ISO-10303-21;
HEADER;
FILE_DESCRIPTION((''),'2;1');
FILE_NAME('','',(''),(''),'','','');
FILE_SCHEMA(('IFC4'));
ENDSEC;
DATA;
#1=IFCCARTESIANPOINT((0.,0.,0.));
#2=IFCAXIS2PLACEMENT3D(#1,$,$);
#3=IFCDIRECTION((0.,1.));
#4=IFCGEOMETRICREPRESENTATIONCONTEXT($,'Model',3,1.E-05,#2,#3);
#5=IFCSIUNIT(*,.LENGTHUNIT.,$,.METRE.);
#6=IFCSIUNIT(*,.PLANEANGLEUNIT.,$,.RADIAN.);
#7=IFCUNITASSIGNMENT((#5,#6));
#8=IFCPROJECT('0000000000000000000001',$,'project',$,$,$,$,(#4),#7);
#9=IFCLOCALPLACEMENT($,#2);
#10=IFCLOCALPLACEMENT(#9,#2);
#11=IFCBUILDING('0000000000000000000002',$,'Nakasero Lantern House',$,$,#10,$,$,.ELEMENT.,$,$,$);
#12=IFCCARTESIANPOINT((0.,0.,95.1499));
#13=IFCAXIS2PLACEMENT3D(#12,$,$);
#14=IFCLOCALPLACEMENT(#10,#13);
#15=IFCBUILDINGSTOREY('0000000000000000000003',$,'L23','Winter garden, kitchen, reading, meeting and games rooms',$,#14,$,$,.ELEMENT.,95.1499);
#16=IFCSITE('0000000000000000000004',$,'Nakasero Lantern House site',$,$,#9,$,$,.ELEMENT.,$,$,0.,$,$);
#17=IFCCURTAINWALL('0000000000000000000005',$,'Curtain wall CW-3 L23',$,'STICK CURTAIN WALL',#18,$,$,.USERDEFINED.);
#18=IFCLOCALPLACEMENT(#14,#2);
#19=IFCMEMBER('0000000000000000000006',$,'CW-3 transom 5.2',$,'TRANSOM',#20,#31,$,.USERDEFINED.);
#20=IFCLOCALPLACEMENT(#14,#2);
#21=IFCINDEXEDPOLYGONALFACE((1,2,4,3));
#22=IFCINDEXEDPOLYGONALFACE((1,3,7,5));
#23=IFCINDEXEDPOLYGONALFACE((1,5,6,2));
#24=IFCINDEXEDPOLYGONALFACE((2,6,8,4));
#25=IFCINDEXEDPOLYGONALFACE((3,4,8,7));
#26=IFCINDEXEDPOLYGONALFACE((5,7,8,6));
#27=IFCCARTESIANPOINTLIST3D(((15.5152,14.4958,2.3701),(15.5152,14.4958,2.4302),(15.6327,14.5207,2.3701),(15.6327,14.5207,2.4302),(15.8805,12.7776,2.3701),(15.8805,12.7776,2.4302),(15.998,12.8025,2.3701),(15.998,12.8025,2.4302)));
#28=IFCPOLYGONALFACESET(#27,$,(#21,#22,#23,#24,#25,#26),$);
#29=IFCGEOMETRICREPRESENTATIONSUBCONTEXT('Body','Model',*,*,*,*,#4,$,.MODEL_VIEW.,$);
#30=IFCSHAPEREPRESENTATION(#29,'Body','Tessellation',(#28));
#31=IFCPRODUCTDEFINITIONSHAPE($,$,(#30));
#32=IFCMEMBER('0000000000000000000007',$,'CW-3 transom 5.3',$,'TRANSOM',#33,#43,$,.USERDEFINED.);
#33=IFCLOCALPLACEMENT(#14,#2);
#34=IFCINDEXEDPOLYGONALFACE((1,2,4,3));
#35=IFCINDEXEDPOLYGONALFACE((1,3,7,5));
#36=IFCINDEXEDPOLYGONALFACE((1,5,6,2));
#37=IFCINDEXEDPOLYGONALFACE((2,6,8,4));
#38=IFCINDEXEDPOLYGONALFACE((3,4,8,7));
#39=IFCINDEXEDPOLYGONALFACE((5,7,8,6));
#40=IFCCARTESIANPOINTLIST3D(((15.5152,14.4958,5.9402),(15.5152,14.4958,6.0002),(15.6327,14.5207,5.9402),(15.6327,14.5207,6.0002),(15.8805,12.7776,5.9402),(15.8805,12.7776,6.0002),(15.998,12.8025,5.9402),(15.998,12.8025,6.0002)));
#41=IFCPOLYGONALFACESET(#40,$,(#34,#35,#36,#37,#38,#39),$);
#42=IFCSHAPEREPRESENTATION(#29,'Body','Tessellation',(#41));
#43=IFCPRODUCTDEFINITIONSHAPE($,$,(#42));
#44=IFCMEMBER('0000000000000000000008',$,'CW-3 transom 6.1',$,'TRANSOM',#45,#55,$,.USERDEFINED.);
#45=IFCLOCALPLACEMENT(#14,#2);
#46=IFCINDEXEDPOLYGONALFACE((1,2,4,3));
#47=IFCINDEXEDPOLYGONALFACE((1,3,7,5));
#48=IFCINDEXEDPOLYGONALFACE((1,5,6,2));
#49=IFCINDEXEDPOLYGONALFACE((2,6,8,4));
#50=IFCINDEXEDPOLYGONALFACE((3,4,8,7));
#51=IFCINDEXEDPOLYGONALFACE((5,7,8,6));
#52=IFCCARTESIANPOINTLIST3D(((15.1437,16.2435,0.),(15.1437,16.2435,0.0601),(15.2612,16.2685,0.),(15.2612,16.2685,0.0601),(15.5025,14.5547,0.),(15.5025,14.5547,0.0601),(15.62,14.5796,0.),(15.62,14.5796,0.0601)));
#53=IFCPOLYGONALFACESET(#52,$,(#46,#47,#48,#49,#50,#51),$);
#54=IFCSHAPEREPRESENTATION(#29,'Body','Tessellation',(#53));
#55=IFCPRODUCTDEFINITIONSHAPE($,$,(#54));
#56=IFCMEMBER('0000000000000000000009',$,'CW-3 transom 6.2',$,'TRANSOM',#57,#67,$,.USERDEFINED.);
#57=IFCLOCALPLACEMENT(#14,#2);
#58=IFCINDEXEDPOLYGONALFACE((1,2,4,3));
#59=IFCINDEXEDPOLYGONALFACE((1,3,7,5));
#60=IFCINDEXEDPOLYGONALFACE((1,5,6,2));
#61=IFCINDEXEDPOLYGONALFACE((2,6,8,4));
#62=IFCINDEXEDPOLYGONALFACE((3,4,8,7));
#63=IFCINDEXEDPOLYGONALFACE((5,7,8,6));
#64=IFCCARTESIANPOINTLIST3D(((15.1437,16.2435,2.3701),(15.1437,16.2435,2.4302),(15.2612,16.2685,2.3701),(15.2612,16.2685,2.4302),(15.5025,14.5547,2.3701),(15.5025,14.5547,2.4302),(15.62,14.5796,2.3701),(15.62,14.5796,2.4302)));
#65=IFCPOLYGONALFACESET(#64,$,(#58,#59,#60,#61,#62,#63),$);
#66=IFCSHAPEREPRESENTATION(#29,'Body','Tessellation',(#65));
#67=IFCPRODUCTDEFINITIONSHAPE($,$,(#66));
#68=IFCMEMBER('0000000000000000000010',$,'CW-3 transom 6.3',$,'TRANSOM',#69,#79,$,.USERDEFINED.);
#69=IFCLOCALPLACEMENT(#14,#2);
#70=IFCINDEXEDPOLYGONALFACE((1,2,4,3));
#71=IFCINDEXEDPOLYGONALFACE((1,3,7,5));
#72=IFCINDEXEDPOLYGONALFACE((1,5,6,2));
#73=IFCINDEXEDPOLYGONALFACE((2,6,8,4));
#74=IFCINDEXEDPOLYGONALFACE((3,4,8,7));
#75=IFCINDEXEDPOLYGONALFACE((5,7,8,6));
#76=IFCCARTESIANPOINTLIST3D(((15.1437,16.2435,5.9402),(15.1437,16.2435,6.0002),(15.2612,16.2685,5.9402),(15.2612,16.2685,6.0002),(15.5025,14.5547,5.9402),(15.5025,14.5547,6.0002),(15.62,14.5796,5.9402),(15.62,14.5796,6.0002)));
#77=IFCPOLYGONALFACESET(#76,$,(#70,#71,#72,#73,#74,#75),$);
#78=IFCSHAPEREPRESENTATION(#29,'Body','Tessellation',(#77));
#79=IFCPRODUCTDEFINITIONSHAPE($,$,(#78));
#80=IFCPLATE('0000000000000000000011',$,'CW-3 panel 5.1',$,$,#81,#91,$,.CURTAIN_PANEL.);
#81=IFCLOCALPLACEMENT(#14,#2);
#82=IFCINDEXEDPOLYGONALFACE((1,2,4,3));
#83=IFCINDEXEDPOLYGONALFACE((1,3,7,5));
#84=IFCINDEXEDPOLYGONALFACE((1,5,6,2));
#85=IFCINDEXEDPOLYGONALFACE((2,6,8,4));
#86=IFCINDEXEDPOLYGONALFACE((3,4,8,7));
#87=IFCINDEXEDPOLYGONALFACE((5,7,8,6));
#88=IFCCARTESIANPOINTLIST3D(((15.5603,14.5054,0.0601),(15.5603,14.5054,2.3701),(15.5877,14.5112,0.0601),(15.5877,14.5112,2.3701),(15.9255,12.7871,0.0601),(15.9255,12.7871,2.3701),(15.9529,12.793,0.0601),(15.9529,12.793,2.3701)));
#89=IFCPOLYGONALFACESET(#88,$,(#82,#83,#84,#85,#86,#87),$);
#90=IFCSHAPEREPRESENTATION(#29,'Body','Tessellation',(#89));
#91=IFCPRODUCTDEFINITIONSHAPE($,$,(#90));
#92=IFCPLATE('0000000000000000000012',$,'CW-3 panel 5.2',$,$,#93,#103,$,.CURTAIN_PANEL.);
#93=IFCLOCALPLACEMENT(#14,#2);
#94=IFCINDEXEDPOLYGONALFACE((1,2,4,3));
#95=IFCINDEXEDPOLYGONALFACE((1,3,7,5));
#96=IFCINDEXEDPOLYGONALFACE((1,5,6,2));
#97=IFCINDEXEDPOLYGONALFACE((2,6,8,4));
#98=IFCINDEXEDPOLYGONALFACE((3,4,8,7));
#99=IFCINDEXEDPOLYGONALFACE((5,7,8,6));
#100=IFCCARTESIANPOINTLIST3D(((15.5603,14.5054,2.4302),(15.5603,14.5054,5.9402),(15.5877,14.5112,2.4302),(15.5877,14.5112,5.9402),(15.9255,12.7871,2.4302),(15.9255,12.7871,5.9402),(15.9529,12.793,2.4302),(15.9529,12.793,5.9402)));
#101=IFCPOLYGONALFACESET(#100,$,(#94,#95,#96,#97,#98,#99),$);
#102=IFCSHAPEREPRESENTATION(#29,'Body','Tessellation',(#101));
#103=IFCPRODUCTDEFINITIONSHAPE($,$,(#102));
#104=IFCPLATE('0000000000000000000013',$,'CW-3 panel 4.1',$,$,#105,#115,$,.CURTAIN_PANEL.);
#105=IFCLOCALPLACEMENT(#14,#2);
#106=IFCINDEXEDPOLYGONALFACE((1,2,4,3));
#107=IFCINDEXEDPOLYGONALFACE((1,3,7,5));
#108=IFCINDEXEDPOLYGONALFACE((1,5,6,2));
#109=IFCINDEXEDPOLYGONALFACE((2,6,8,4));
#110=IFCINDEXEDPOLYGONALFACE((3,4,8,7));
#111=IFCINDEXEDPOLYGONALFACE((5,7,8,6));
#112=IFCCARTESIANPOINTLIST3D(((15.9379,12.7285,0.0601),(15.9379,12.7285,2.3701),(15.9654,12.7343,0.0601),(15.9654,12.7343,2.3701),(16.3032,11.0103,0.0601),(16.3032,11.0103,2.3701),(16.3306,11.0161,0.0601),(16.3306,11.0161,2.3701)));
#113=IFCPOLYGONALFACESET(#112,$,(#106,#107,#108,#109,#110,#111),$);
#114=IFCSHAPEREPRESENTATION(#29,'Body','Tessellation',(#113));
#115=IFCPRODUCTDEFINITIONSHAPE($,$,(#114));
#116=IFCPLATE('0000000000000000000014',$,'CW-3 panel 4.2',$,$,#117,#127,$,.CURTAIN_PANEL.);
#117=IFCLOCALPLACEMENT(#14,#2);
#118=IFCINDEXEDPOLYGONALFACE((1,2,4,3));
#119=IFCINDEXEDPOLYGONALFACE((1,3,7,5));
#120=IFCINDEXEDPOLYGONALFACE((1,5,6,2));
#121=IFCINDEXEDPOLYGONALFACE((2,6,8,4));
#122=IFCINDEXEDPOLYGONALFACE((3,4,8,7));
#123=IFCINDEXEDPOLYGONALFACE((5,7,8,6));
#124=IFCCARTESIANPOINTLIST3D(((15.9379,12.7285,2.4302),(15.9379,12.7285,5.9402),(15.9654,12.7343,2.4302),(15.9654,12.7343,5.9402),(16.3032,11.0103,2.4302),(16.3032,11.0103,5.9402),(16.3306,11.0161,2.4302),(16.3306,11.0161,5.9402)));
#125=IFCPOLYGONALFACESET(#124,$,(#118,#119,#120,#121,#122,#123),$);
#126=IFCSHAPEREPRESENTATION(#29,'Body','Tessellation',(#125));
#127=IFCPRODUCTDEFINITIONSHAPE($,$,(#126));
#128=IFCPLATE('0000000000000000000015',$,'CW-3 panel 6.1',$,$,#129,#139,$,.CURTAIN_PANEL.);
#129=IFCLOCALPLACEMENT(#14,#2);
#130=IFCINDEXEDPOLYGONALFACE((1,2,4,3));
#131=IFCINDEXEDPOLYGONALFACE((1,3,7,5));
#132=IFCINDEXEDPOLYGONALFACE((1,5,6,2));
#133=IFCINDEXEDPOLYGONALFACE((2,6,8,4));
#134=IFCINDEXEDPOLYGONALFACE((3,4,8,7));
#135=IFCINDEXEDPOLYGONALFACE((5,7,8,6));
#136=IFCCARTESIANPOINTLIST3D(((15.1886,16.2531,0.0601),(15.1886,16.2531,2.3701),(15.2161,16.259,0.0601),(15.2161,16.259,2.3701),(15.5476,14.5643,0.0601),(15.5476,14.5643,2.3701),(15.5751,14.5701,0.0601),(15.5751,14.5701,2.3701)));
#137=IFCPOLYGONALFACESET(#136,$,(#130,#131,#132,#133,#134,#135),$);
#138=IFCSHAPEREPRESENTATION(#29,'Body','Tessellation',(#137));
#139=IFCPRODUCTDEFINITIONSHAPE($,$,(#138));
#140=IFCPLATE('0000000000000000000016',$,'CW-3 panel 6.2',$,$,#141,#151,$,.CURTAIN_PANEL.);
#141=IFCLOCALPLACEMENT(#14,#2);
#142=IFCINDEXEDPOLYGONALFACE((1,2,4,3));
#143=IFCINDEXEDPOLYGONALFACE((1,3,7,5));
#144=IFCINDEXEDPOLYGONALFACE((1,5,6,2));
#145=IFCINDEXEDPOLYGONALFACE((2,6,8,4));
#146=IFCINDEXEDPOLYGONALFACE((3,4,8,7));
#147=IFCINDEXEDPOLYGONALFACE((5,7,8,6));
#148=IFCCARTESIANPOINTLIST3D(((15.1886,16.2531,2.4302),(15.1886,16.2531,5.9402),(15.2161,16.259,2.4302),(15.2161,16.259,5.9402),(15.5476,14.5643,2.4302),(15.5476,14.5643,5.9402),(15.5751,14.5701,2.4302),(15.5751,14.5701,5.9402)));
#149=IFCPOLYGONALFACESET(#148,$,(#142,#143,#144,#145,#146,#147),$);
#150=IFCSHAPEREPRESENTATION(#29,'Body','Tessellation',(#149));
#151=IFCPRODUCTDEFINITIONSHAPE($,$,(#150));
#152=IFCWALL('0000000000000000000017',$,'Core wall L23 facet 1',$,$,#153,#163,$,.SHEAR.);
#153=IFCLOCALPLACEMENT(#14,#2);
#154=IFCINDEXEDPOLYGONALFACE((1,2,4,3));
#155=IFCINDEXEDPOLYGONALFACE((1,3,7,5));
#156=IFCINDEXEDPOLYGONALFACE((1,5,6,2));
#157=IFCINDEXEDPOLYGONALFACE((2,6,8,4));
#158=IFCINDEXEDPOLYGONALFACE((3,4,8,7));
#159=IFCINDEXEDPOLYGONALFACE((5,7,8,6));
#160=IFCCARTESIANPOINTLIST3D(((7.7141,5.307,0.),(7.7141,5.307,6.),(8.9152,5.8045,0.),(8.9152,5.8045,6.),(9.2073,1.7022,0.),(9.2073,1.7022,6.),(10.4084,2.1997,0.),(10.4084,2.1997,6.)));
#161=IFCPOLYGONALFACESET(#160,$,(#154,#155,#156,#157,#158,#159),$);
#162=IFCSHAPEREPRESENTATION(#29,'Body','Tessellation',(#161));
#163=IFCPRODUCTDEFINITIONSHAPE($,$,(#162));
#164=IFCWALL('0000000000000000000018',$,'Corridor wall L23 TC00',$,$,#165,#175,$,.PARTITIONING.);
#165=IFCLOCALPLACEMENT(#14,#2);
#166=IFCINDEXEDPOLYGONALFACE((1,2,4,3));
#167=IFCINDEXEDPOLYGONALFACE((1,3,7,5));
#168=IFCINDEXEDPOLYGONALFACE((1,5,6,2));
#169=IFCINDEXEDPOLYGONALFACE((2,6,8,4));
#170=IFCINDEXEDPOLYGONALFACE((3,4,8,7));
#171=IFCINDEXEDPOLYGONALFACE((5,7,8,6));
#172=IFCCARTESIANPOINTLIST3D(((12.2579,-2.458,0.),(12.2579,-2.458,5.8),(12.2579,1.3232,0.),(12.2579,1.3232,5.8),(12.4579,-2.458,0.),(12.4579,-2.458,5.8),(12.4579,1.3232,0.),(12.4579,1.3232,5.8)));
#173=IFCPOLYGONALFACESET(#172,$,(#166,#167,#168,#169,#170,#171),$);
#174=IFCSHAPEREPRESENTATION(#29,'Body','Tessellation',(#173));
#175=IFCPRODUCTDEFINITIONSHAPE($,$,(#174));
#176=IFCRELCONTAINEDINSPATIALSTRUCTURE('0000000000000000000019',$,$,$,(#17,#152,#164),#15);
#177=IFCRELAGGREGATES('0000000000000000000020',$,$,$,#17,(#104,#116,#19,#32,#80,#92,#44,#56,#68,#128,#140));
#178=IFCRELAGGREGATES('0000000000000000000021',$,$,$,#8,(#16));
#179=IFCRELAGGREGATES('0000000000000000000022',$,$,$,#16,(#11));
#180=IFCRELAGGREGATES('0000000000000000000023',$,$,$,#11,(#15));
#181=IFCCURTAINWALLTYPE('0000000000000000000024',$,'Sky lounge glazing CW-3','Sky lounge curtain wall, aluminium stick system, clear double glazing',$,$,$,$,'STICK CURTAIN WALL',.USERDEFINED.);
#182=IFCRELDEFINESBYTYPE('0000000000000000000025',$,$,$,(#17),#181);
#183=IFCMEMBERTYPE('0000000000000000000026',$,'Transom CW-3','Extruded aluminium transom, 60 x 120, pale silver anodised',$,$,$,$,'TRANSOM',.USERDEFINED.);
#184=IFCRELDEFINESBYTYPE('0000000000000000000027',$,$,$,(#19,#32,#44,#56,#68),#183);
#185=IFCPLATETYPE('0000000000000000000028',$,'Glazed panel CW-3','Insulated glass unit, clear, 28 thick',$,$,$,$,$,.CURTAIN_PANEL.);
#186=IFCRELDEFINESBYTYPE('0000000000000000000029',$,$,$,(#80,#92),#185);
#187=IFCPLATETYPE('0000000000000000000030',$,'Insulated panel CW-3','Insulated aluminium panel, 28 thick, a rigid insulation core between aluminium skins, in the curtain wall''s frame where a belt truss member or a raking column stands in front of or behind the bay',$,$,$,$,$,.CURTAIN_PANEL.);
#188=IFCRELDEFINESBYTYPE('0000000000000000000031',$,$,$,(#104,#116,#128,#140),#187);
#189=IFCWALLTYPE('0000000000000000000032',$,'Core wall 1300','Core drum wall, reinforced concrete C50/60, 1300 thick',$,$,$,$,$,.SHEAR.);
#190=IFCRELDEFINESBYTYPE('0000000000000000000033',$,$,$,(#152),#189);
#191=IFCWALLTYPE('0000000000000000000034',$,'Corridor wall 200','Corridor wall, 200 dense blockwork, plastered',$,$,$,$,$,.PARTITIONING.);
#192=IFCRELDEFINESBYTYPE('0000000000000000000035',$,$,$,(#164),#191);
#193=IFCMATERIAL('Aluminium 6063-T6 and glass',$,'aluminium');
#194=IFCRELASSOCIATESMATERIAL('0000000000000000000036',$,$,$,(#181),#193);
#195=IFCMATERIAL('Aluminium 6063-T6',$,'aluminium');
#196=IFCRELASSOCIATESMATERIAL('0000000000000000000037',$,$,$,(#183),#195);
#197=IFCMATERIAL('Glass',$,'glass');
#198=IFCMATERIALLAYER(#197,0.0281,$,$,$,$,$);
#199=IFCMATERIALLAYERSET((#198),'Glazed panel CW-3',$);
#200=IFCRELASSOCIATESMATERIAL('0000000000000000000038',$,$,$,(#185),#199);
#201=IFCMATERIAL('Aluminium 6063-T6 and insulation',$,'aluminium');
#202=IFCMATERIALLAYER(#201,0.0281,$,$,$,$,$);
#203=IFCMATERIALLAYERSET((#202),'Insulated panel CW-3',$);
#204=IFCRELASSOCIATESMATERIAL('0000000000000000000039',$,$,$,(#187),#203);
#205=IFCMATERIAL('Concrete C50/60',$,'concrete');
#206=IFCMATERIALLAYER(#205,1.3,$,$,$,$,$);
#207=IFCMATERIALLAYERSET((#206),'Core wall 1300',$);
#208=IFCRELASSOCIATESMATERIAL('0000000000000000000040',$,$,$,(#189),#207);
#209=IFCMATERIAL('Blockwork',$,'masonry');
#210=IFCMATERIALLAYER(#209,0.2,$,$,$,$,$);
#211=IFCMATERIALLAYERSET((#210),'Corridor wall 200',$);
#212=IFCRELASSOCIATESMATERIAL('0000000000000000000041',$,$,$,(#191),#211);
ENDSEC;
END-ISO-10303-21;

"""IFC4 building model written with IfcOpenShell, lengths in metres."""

from ifc_helpers import new_model, si_unit, direction, frame, frame_2d, origin, origin_2d, place, context, subcontext, project, spatial, rectangle, extrude, material, layer, layer_set, material_profile, profile_set, type_object, element, aggregate, save


model = new_model("IFC4")

# Units and contexts
model_context = context("Model", 3, precision=1e-05, world=origin(), true_north=direction((0.0, 1.0)))
body_context = subcontext(model_context, "Body", "Model", "MODEL_VIEW")
ifc_project = project(units=[si_unit("LENGTHUNIT", "METRE"), si_unit("PLANEANGLEUNIT", "RADIAN")], contexts=[model_context])

# Site, building, storey
site_placement = place(None, origin())
site = spatial("IfcSite", under=ifc_project, at=site_placement, Name="Nakasero Lantern House site", CompositionType="ELEMENT", RefElevation=0.0)
building_placement = place(site_placement, origin())
building = spatial("IfcBuilding", under=site, at=building_placement, Name="Nakasero Lantern House", CompositionType="ELEMENT")
storey_placement = place(building_placement, frame((0.0, 0.0, 95.1499)))
storey = spatial("IfcBuildingStorey", under=building, at=storey_placement, Name="L23", Description="Winter garden, kitchen, reading, meeting and games rooms", CompositionType="ELEMENT", Elevation=95.1499)

# Curtain wall, members, plates
ifc_material_1 = material(Name="Aluminium 6063-T6 and glass", Category="aluminium")
curtain_wall_type = type_object("IfcCurtainWallType", Name="Sky lounge glazing CW-3", Description="Sky lounge curtain wall, aluminium stick system, clear double glazing", ElementType="STICK CURTAIN WALL", PredefinedType="USERDEFINED", material=ifc_material_1)
curtain_wall_placement = place(storey_placement, origin())
curtain_wall = element("IfcCurtainWall", 1, at=curtain_wall_placement, inside=storey, type_object=curtain_wall_type, Name="Curtain wall CW-3 L23", ObjectType="STICK CURTAIN WALL", PredefinedType="USERDEFINED")
ifc_material_2 = material(Name="Aluminium 6063-T6", Category="aluminium")
ifc_material_profile_1 = material_profile(ifc_material_2, rectangle(XDim=0.0601, YDim=0.1201, at=origin_2d()), Name="CW-3 transom 60x120")
ifc_profile_set_1 = profile_set([ifc_material_profile_1], Name="Aluminium 6063-T6")
member_type_1 = type_object("IfcMemberType", Name="Transom CW-3", Description="Extruded aluminium transom, 60 x 120, pale silver anodised", ElementType="TRANSOM", PredefinedType="USERDEFINED", material=ifc_profile_set_1)
member_1_placement = place(storey_placement, frame((15.9392, 12.79, 2.4001), z_axis=(-0.207915, 0.978147, 0.0), x_axis=(0.0, 0.0, 1.0)))
member_1 = element("IfcMember", 2, at=member_1_placement, type_object=member_type_1, Name="CW-3 transom 5.2", ObjectType="TRANSOM", PredefinedType="USERDEFINED", context=body_context, shape_type="SweptSolid", body=[
    extrude(rectangle(XDim=0.0601, YDim=0.1201, at=origin_2d()), origin(), (0.0, 0.0, 1.0), 1.7566),
])
member_2_placement = place(storey_placement, frame((15.9392, 12.79, 5.9702), z_axis=(-0.207915, 0.978147, 0.0), x_axis=(0.0, 0.0, 1.0)))
member_2 = element("IfcMember", 3, at=member_2_placement, type_object=member_type_1, Name="CW-3 transom 5.3", ObjectType="TRANSOM", PredefinedType="USERDEFINED", context=body_context, shape_type="SweptSolid", body=[
    extrude(rectangle(XDim=0.0601, YDim=0.1201, at=origin_2d()), origin(), (0.0, 0.0, 1.0), 1.7566),
])
member_3_placement = place(storey_placement, frame((15.5613, 14.5671, 0.03), z_axis=(-0.207849, 0.978161, 0.0), x_axis=(0.0, 0.0, 1.0)))
member_3 = element("IfcMember", 4, at=member_3_placement, type_object=member_type_1, Name="CW-3 transom 6.1", ObjectType="TRANSOM", PredefinedType="USERDEFINED", context=body_context, shape_type="SweptSolid", body=[
    extrude(rectangle(XDim=0.0601, YDim=0.1201, at=origin_2d()), origin(), (0.0, 0.0, 1.0), 1.7266),
])
member_4_placement = place(storey_placement, frame((15.5613, 14.5671, 2.4001), z_axis=(-0.207849, 0.978161, 0.0), x_axis=(0.0, 0.0, 1.0)))
member_4 = element("IfcMember", 5, at=member_4_placement, type_object=member_type_1, Name="CW-3 transom 6.2", ObjectType="TRANSOM", PredefinedType="USERDEFINED", context=body_context, shape_type="SweptSolid", body=[
    extrude(rectangle(XDim=0.0601, YDim=0.1201, at=origin_2d()), origin(), (0.0, 0.0, 1.0), 1.7266),
])
member_5_placement = place(storey_placement, frame((15.5613, 14.5671, 5.9702), z_axis=(-0.207849, 0.978161, 0.0), x_axis=(0.0, 0.0, 1.0)))
member_5 = element("IfcMember", 6, at=member_5_placement, type_object=member_type_1, Name="CW-3 transom 6.3", ObjectType="TRANSOM", PredefinedType="USERDEFINED", context=body_context, shape_type="SweptSolid", body=[
    extrude(rectangle(XDim=0.0601, YDim=0.1201, at=origin_2d()), origin(), (0.0, 0.0, 1.0), 1.7266),
])
ifc_material_3 = material(Name="Glass", Category="glass")
ifc_layer_1 = layer(ifc_material_3, 0.0281)
ifc_layer_set_1 = layer_set([ifc_layer_1], Name="Glazed panel CW-3")
plate_type_1 = type_object("IfcPlateType", Name="Glazed panel CW-3", Description="Insulated glass unit, clear, 28 thick", PredefinedType="CURTAIN_PANEL", material=ifc_layer_set_1)
plate_1_placement = place(storey_placement, frame((15.7566, 13.6492, 0.0601), z_axis=(0.0, 0.0, 1.0), x_axis=(-0.207912, 0.978148, 0.0)))
plate_1 = element("IfcPlate", 7, at=plate_1_placement, type_object=plate_type_1, Name="CW-3 panel 5.1", PredefinedType="CURTAIN_PANEL", context=body_context, shape_type="SweptSolid", body=[
    extrude(rectangle(XDim=1.7566, YDim=0.0281, at=origin_2d()), origin(), (0.0, 0.0, 1.0), 2.3101),
])
plate_2_placement = place(storey_placement, frame((15.7566, 13.6492, 2.4302), z_axis=(0.0, 0.0, 1.0), x_axis=(-0.207912, 0.978148, 0.0)))
plate_2 = element("IfcPlate", 8, at=plate_2_placement, type_object=plate_type_1, Name="CW-3 panel 5.2", PredefinedType="CURTAIN_PANEL", context=body_context, shape_type="SweptSolid", body=[
    extrude(rectangle(XDim=1.7566, YDim=0.0281, at=origin_2d()), origin(), (0.0, 0.0, 1.0), 3.51),
])
ifc_material_4 = material(Name="Aluminium 6063-T6 and insulation", Category="aluminium")
ifc_layer_2 = layer(ifc_material_4, 0.0281)
ifc_layer_set_2 = layer_set([ifc_layer_2], Name="Insulated panel CW-3")
plate_type_2 = type_object("IfcPlateType", Name="Insulated panel CW-3", Description="Insulated aluminium panel, 28 thick, a rigid insulation core between aluminium skins, in the curtain wall's frame where a belt truss member or a raking column stands in front of or behind the bay", PredefinedType="CURTAIN_PANEL", material=ifc_layer_set_2)
plate_3_placement = place(storey_placement, frame((16.1343, 11.8723, 0.0601), z_axis=(0.0, 0.0, 1.0), x_axis=(-0.207912, 0.978148, 0.0)))
plate_3 = element("IfcPlate", 9, at=plate_3_placement, type_object=plate_type_2, Name="CW-3 panel 4.1", PredefinedType="CURTAIN_PANEL", context=body_context, shape_type="SweptSolid", body=[
    extrude(rectangle(XDim=1.7566, YDim=0.0281, at=origin_2d()), origin(), (0.0, 0.0, 1.0), 2.3101),
])
plate_4_placement = place(storey_placement, frame((16.1343, 11.8723, 2.4302), z_axis=(0.0, 0.0, 1.0), x_axis=(-0.207912, 0.978148, 0.0)))
plate_4 = element("IfcPlate", 10, at=plate_4_placement, type_object=plate_type_2, Name="CW-3 panel 4.2", PredefinedType="CURTAIN_PANEL", context=body_context, shape_type="SweptSolid", body=[
    extrude(rectangle(XDim=1.7566, YDim=0.0281, at=origin_2d()), origin(), (0.0, 0.0, 1.0), 3.51),
])
plate_5_placement = place(storey_placement, frame((15.3818, 15.4116, 0.0601), z_axis=(0.0, 0.0, 1.0), x_axis=(-0.207912, 0.978148, 0.0)))
plate_5 = element("IfcPlate", 11, at=plate_5_placement, type_object=plate_type_2, Name="CW-3 panel 6.1", PredefinedType="CURTAIN_PANEL", context=body_context, shape_type="SweptSolid", body=[
    extrude(rectangle(XDim=1.7266, YDim=0.0281, at=origin_2d()), origin(), (0.0, 0.0, 1.0), 2.3101),
])
plate_6_placement = place(storey_placement, frame((15.3818, 15.4116, 2.4302), z_axis=(0.0, 0.0, 1.0), x_axis=(-0.207912, 0.978148, 0.0)))
plate_6 = element("IfcPlate", 12, at=plate_6_placement, type_object=plate_type_2, Name="CW-3 panel 6.2", PredefinedType="CURTAIN_PANEL", context=body_context, shape_type="SweptSolid", body=[
    extrude(rectangle(XDim=1.7266, YDim=0.0281, at=origin_2d()), origin(), (0.0, 0.0, 1.0), 3.51),
])
aggregate(curtain_wall, [plate_3, plate_4, member_1, member_2, plate_1, plate_2, member_3, member_4, member_5, plate_5, plate_6])

# Walls
ifc_material_5 = material(Name="Concrete C50/60", Category="concrete")
ifc_layer_3 = layer(ifc_material_5, 1.3)
ifc_layer_set_3 = layer_set([ifc_layer_3], Name="Core wall 1300")
wall_type_1 = type_object("IfcWallType", Name="Core wall 1300", Description="Core drum wall, reinforced concrete C50/60, 1300 thick", PredefinedType="SHEAR", material=ifc_layer_set_3)
wall_1_placement = place(storey_placement, frame((9.8079, 1.9509, 0.0), z_axis=(0.0, 0.0, 1.0), x_axis=(-0.382691, 0.923877, 0.0)))
element("IfcWall", 13, at=wall_1_placement, inside=storey, type_object=wall_type_1, Name="Core wall L23 facet 1", PredefinedType="SHEAR", context=body_context, shape_type="SweptSolid", body=[
    extrude(rectangle(XDim=3.9019, YDim=1.3, at=frame_2d((1.9509, 0.0))), origin(), (0.0, 0.0, 1.0), 6.0),
])
ifc_material_6 = material(Name="Blockwork", Category="masonry")
ifc_layer_4 = layer(ifc_material_6, 0.2)
ifc_layer_set_4 = layer_set([ifc_layer_4], Name="Corridor wall 200")
wall_type_2 = type_object("IfcWallType", Name="Corridor wall 200", Description="Corridor wall, 200 dense blockwork, plastered", PredefinedType="PARTITIONING", material=ifc_layer_set_4)
wall_2_placement = place(storey_placement, frame((12.3579, 1.3232, 0.0), z_axis=(0.0, 0.0, 1.0), x_axis=(0.0, -1.0, 0.0)))
element("IfcWall", 14, at=wall_2_placement, inside=storey, type_object=wall_type_2, Name="Corridor wall L23 TC00", PredefinedType="PARTITIONING", context=body_context, shape_type="SweptSolid", body=[
    extrude(rectangle(XDim=3.7812, YDim=0.2, at=frame_2d((1.8906, 0.0))), origin(), (0.0, 0.0, 1.0), 5.8),
])

save(model, "model.ifc")
